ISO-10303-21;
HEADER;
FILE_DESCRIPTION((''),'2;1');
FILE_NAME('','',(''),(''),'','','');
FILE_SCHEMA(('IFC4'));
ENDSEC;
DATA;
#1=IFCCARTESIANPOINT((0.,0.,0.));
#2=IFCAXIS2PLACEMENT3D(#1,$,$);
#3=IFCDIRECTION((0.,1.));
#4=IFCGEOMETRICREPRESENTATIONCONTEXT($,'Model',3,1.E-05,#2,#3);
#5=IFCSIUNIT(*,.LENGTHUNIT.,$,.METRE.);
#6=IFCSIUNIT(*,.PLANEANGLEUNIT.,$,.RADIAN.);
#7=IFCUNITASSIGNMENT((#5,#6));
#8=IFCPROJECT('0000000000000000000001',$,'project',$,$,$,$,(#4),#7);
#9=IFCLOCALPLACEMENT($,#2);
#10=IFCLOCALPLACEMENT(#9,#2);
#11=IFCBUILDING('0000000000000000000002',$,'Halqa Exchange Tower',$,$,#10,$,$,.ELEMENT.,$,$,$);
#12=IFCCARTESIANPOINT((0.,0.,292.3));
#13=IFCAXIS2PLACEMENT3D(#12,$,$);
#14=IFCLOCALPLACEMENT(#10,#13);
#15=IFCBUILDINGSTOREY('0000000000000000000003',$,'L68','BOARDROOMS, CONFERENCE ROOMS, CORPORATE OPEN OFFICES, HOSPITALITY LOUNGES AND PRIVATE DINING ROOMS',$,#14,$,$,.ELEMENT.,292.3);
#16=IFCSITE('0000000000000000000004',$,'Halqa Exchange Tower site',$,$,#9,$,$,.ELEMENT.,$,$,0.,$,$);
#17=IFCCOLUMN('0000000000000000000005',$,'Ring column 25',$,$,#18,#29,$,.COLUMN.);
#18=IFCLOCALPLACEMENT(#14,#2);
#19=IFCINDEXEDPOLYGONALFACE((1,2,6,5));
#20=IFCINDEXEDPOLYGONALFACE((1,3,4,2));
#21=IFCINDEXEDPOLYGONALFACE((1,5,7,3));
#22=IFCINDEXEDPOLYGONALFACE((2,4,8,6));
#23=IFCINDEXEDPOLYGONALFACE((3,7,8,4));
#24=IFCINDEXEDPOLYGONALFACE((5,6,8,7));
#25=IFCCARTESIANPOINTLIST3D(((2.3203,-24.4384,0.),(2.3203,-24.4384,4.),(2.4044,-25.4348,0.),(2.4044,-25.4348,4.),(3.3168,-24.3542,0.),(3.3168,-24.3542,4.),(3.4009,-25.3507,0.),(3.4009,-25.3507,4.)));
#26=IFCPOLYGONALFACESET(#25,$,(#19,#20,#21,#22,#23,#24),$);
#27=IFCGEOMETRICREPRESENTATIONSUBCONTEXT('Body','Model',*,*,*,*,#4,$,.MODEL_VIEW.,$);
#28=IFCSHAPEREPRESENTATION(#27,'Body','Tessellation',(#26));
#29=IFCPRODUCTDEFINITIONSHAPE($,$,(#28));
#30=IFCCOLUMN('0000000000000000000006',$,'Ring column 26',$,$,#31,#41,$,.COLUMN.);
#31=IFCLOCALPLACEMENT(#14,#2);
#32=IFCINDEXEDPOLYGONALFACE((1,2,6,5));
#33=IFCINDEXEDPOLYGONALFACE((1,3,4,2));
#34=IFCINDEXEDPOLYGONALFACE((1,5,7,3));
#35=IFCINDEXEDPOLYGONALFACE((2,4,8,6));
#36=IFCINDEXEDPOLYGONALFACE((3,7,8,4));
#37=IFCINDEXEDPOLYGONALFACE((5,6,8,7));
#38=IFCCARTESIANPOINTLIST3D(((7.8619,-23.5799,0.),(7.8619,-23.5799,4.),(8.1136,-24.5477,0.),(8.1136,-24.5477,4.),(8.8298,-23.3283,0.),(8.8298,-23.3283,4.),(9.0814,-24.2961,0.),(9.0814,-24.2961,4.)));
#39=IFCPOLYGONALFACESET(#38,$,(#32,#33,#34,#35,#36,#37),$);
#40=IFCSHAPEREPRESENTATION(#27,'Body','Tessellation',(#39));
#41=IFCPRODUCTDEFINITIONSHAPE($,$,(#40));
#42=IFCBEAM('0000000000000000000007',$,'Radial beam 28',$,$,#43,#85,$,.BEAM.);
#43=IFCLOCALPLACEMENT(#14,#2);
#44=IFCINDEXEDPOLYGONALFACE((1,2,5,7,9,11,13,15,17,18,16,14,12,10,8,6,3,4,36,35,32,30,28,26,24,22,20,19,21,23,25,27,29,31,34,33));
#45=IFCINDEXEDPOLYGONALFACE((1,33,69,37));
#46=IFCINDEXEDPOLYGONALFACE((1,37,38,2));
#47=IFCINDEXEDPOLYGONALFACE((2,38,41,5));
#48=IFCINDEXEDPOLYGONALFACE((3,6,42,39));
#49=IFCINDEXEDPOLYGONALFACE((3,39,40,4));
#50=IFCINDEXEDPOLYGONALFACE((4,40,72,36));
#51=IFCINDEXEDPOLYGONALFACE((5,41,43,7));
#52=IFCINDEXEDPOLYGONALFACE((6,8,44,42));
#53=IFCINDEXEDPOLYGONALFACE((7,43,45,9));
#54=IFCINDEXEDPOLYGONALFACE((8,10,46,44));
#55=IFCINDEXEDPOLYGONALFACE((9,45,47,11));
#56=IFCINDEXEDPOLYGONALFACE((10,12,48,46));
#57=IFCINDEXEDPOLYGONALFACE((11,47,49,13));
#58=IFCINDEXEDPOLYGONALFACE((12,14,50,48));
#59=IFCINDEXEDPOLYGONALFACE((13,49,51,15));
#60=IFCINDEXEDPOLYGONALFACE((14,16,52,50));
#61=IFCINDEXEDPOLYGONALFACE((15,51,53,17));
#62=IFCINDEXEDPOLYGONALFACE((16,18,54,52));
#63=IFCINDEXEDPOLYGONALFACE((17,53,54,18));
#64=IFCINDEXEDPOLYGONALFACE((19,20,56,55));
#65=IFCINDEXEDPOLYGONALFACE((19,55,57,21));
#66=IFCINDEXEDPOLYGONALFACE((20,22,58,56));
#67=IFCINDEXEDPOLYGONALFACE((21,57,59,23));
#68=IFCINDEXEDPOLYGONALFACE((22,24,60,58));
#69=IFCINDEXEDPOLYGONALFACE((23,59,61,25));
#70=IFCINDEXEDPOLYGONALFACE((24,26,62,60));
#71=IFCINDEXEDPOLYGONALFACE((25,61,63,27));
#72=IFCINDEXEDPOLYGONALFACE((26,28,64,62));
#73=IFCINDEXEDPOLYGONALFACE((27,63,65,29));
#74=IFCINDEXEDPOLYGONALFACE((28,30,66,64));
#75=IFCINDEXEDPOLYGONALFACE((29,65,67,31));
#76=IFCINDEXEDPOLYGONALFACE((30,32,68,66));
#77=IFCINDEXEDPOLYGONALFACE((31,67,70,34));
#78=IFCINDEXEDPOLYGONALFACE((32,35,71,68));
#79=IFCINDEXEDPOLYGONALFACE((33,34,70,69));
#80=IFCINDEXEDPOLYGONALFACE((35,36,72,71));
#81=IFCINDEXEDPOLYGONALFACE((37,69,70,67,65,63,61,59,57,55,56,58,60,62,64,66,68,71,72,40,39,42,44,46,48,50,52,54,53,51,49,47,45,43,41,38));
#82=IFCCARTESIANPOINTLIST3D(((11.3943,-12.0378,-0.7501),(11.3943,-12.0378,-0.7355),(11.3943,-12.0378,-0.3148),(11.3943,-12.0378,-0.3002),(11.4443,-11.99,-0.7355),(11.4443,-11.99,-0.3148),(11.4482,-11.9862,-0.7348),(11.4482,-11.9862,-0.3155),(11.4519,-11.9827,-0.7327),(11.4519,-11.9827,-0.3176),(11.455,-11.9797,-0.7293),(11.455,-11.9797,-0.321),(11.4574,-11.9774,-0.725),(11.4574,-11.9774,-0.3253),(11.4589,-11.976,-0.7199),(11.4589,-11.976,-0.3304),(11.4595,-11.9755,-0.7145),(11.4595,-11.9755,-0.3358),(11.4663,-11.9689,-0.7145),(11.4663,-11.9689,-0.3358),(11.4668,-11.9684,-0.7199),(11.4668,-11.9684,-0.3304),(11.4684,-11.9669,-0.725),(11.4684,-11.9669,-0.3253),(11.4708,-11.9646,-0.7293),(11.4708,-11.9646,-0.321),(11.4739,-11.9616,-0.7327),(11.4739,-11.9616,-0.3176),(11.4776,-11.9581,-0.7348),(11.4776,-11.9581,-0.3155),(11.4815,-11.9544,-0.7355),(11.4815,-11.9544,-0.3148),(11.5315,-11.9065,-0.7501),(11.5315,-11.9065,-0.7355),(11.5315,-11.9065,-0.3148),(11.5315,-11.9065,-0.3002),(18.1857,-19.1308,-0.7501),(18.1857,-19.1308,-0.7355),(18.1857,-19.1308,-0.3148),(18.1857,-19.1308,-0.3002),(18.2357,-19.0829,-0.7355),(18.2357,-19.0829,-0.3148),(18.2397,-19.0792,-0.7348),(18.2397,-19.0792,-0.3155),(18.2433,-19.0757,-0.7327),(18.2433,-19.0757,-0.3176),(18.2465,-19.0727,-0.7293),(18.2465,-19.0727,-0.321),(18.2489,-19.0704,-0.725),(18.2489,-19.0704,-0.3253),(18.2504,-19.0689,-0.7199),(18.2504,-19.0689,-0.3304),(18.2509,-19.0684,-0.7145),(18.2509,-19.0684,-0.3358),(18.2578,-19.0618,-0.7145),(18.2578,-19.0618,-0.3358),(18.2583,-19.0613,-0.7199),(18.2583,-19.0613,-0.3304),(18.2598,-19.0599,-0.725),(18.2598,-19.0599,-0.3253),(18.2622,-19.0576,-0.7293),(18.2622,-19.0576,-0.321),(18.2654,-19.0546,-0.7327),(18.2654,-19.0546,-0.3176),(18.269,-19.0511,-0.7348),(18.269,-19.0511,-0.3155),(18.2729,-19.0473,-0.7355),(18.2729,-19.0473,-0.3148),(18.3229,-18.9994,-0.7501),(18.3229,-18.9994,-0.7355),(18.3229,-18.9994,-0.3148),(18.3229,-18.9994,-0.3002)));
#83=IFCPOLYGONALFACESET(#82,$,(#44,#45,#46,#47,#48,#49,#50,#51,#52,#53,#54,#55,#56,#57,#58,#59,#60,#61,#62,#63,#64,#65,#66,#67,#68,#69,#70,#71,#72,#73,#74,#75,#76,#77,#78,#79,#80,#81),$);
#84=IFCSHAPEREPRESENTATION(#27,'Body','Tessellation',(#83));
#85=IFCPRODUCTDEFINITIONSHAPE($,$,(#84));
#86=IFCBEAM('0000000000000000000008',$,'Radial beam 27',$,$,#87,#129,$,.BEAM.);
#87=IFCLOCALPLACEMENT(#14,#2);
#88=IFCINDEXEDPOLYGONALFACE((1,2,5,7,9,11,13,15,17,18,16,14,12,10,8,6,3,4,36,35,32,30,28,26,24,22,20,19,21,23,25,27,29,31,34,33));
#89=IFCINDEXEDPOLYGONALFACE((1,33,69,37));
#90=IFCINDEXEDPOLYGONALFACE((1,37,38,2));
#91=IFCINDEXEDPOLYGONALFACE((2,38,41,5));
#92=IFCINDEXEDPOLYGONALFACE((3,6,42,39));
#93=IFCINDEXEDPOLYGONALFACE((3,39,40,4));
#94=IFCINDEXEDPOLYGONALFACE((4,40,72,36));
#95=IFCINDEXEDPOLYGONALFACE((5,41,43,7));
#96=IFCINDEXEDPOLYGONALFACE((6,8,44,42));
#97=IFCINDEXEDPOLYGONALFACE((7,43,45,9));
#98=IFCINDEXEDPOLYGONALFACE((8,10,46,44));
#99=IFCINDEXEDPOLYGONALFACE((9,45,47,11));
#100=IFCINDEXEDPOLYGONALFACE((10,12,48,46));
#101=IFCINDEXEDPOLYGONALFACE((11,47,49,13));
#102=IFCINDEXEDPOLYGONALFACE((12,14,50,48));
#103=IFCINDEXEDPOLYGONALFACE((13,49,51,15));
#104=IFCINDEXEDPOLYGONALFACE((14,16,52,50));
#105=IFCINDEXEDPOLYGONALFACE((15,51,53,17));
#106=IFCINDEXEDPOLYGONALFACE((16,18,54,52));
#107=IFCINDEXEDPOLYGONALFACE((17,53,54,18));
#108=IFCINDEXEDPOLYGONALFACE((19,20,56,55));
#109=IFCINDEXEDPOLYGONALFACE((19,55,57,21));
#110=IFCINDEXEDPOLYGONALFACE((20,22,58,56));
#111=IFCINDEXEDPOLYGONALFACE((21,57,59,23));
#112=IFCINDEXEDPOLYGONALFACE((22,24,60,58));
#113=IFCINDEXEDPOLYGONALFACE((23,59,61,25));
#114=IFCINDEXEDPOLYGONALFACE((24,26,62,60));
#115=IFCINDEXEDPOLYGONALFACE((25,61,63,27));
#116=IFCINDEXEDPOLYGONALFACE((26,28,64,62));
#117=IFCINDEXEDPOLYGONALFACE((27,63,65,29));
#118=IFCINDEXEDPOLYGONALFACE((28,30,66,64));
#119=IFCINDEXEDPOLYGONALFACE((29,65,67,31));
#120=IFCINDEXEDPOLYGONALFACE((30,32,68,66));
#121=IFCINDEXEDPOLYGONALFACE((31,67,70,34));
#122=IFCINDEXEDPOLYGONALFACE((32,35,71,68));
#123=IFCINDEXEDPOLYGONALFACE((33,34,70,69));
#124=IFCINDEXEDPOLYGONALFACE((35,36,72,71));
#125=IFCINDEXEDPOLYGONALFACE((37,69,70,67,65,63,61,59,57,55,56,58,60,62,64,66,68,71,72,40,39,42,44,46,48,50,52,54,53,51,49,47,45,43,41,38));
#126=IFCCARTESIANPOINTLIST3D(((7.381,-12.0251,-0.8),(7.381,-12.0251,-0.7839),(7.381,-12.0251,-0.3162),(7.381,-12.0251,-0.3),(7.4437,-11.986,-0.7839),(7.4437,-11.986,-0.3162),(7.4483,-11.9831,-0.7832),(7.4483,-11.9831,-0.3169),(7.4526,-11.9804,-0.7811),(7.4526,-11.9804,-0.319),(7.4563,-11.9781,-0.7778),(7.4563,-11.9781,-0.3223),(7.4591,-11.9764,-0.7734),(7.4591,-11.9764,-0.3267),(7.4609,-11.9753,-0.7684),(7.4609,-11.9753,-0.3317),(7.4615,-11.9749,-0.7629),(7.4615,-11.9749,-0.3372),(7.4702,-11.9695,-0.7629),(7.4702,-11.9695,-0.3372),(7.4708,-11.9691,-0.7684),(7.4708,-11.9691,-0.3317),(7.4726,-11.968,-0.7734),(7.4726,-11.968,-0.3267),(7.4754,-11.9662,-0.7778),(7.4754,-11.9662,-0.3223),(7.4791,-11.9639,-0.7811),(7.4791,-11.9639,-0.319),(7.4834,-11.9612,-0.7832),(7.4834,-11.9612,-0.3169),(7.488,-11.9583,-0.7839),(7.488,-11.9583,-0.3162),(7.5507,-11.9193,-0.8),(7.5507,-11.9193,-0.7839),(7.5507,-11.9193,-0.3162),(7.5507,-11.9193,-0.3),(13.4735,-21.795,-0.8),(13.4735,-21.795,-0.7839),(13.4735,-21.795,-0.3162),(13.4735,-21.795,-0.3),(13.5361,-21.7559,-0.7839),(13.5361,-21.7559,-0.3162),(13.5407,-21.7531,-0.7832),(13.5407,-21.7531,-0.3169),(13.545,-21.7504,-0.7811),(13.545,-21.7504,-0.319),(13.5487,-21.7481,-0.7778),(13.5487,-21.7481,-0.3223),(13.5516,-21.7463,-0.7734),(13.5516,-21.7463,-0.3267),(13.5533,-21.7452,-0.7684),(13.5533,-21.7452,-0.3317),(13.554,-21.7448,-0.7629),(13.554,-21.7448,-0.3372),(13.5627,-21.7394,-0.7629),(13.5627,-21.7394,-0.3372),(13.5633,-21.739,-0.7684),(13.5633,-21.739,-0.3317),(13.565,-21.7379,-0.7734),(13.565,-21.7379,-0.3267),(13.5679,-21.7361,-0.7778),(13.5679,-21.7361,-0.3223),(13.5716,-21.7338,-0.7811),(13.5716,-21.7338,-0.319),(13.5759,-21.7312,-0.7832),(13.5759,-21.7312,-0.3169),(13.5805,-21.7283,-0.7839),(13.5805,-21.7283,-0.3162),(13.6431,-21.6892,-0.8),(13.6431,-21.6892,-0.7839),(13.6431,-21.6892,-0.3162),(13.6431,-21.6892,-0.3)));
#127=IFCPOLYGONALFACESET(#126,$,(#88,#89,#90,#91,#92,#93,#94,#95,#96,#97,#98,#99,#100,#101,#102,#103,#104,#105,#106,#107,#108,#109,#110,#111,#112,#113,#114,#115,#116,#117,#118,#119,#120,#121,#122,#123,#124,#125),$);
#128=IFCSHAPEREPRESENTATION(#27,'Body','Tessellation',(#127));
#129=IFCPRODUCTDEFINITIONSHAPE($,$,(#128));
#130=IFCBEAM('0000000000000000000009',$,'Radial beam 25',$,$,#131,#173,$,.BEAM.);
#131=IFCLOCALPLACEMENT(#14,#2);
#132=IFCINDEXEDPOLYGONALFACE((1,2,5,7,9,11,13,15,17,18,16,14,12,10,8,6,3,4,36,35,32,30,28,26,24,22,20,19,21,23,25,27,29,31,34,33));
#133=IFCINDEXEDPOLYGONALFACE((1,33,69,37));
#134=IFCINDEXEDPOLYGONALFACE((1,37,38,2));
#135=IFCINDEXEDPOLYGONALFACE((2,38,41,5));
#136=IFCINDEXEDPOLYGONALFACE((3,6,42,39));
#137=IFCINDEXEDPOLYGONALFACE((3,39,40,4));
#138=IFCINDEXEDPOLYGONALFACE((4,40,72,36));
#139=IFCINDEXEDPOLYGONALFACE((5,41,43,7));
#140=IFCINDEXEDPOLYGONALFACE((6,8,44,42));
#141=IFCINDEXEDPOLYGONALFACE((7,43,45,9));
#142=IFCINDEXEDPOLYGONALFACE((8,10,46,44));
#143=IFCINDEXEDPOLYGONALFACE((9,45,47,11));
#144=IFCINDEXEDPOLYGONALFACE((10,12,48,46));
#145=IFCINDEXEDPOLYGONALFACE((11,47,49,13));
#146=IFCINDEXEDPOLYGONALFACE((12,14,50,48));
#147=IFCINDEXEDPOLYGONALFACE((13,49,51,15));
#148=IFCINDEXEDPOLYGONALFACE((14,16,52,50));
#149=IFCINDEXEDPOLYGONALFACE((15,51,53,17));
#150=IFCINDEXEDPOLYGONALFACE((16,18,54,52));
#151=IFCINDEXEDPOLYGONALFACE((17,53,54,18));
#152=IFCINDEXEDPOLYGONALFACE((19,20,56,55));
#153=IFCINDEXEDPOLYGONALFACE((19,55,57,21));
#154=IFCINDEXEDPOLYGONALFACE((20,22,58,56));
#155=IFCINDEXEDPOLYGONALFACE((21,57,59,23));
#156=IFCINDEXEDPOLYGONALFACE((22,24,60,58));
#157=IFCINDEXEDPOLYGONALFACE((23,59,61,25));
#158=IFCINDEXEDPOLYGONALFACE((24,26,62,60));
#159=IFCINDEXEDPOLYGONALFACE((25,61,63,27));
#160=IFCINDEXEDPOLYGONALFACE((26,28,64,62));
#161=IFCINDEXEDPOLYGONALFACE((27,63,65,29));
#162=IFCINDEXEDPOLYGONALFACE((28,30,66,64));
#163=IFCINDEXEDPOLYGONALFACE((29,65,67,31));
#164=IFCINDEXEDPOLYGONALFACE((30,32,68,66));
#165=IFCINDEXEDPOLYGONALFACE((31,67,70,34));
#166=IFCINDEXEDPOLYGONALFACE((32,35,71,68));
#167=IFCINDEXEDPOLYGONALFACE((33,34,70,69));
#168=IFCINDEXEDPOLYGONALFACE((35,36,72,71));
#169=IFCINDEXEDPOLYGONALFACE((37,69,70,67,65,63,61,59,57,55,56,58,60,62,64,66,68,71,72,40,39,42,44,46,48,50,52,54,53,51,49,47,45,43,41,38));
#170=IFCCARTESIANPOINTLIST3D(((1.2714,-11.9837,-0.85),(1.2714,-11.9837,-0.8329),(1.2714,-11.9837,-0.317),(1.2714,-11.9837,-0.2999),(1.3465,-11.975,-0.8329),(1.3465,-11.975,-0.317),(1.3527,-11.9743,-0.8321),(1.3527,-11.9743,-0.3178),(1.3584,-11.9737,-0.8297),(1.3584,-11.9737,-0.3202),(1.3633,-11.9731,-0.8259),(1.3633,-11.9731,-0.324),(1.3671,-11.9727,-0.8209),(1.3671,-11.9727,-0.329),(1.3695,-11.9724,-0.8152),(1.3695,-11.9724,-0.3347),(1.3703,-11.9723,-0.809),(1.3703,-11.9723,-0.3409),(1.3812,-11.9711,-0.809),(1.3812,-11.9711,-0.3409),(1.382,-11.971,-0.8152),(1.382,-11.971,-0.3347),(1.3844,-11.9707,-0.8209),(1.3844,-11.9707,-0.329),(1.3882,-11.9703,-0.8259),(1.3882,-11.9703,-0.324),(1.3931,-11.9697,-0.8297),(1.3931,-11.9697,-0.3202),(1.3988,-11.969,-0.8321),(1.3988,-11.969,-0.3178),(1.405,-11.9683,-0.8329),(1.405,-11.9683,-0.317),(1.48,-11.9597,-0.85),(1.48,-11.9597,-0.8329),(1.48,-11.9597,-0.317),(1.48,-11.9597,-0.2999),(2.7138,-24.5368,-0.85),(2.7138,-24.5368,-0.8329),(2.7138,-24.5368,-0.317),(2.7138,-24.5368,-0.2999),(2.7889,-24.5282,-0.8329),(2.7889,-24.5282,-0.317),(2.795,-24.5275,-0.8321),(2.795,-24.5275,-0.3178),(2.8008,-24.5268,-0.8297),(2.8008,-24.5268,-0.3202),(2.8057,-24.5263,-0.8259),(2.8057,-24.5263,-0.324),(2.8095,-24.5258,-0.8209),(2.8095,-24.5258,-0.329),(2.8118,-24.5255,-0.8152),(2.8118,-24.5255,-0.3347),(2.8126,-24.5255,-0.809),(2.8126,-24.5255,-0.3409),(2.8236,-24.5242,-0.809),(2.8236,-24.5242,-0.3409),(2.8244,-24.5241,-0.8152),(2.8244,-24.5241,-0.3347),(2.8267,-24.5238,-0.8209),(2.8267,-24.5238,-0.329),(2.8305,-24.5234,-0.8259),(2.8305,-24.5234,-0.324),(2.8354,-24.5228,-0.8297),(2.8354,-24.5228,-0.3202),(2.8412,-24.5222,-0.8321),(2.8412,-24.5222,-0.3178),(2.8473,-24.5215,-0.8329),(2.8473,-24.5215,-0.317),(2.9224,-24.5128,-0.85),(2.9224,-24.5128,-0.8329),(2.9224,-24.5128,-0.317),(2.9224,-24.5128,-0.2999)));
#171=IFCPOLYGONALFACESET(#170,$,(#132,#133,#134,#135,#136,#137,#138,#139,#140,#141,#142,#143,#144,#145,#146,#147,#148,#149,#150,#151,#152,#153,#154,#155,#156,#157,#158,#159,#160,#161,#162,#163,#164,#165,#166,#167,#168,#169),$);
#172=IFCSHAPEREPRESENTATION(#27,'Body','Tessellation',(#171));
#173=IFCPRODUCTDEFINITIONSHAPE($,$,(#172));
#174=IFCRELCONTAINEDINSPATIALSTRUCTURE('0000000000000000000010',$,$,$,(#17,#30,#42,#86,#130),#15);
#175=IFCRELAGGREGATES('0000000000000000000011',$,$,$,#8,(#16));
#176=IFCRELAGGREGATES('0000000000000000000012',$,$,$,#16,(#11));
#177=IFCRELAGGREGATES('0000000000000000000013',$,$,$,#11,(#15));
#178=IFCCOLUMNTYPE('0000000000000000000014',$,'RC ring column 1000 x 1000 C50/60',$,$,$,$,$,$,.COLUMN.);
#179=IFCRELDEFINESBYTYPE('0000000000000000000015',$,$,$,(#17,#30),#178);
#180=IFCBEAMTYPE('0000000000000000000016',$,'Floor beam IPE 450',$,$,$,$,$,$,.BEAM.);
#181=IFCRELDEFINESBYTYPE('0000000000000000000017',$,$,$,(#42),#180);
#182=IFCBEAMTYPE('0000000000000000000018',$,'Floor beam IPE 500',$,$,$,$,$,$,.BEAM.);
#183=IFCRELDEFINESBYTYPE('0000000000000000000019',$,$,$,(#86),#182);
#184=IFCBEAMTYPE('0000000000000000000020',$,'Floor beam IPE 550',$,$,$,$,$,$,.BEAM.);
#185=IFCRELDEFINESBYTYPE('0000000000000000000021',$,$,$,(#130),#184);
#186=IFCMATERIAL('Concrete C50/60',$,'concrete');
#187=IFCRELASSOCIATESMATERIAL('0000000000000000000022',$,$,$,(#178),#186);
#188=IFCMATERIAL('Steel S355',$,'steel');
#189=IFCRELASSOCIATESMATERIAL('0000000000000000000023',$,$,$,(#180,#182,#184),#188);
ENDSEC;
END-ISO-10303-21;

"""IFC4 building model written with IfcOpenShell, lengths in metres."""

from ifc_helpers import new_model, si_unit, direction, frame, origin, origin_2d, place, context, subcontext, project, spatial, rectangle, i_section, extrude, material, material_profile, profile_set, type_object, element, save


model = new_model("IFC4")

# Units and contexts
model_context = context("Model", 3, precision=1e-05, world=origin(), true_north=direction((0.0, 1.0)))
body_context = subcontext(model_context, "Body", "Model", "MODEL_VIEW")
ifc_project = project(units=[si_unit("LENGTHUNIT", "METRE"), si_unit("PLANEANGLEUNIT", "RADIAN")], contexts=[model_context])

# Site, building, storey
site_placement = place(None, origin())
site = spatial("IfcSite", under=ifc_project, at=site_placement, Name="Halqa Exchange Tower site", CompositionType="ELEMENT", RefElevation=0.0)
building_placement = place(site_placement, origin())
building = spatial("IfcBuilding", under=site, at=building_placement, Name="Halqa Exchange Tower", CompositionType="ELEMENT")
storey_placement = place(building_placement, frame((0.0, 0.0, 292.3)))
storey = spatial("IfcBuildingStorey", under=building, at=storey_placement, Name="L68", Description="BOARDROOMS, CONFERENCE ROOMS, CORPORATE OPEN OFFICES, HOSPITALITY LOUNGES AND PRIVATE DINING ROOMS", CompositionType="ELEMENT", Elevation=292.3)

# Columns
ifc_material_1 = material(Name="Concrete C50/60", Category="concrete")
ifc_material_profile_1 = material_profile(ifc_material_1, rectangle(XDim=1.0, YDim=1.0, at=origin_2d()), Name="1000 x 1000")
ifc_profile_set_1 = profile_set([ifc_material_profile_1], Name="Concrete C50/60")
column_type = type_object("IfcColumnType", Name="RC ring column 1000 x 1000 C50/60", PredefinedType="COLUMN", material=ifc_profile_set_1)
for number, where, z_axis, x_axis, name in (
    (1, (2.8606, -24.8945, 0.0), (0.0, 0.0, 1.0), (0.996456, 0.084114, 0.0), "Ring column 25"),
    (2, (8.4717, -23.938, 0.0), (0.0, 0.0, 1.0), (0.967821, 0.251639, 0.0), "Ring column 26"),
):
    element("IfcColumn", number, at=place(storey_placement, frame(where, z_axis=z_axis, x_axis=x_axis)), inside=storey, type_object=column_type, Name=name, PredefinedType="COLUMN", context=body_context, shape_type="SweptSolid", body=[
        extrude(rectangle(XDim=1.0, YDim=1.0, at=origin_2d()), origin(), (0.0, 0.0, 1.0), 4.0),
    ])

# Beams
ifc_material_2 = material(Name="Steel S355", Category="steel")
ifc_material_profile_2 = material_profile(ifc_material_2, i_section(OverallWidth=0.1899, OverallDepth=0.45, WebThickness=0.0095, FlangeThickness=0.0146, FilletRadius=0.021, at=origin_2d()), Name="IPE 450")
ifc_profile_set_2 = profile_set([ifc_material_profile_2], Name="Steel S355")
beam_type_1 = type_object("IfcBeamType", Name="Floor beam IPE 450", PredefinedType="BEAM", material=ifc_profile_set_2)
beam_1_placement = place(storey_placement, frame((11.4629, -11.9722, -0.5251), z_axis=(0.691588, -0.722292, 0.0), x_axis=(0.722292, 0.691588, 0.0)))
element("IfcBeam", 3, at=beam_1_placement, inside=storey, type_object=beam_type_1, Name="Radial beam 28", PredefinedType="BEAM", context=body_context, shape_type="SweptSolid", body=[
    extrude(i_section(OverallWidth=0.1899, OverallDepth=0.45, WebThickness=0.0095, FlangeThickness=0.0146, FilletRadius=0.021, at=origin_2d()), origin(), (0.0, 0.0, 1.0), 9.8201),
])
ifc_material_profile_3 = material_profile(ifc_material_2, i_section(OverallWidth=0.2, OverallDepth=0.5, WebThickness=0.0103, FlangeThickness=0.0161, FilletRadius=0.021, at=origin_2d()), Name="IPE 500")
ifc_profile_set_3 = profile_set([ifc_material_profile_3], Name="Steel S355")
beam_type_2 = type_object("IfcBeamType", Name="Floor beam IPE 500", PredefinedType="BEAM", material=ifc_profile_set_3)
beam_2_placement = place(storey_placement, frame((7.4658, -11.9722, -0.55), z_axis=(0.529141, -0.848534, 0.0), x_axis=(0.848534, 0.529141, 0.0)))
element("IfcBeam", 4, at=beam_2_placement, inside=storey, type_object=beam_type_2, Name="Radial beam 27", PredefinedType="BEAM", context=body_context, shape_type="SweptSolid", body=[
    extrude(i_section(OverallWidth=0.2, OverallDepth=0.5, WebThickness=0.0103, FlangeThickness=0.0161, FilletRadius=0.021, at=origin_2d()), origin(), (0.0, 0.0, 1.0), 11.5139),
])
ifc_material_profile_4 = material_profile(ifc_material_2, i_section(OverallWidth=0.21, OverallDepth=0.55, WebThickness=0.011, FlangeThickness=0.0171, FilletRadius=0.0239, at=origin_2d()), Name="IPE 550")
ifc_profile_set_4 = profile_set([ifc_material_profile_4], Name="Steel S355")
beam_type_3 = type_object("IfcBeamType", Name="Floor beam IPE 550", PredefinedType="BEAM", material=ifc_profile_set_4)
beam_3_placement = place(storey_placement, frame((1.3757, -11.9717, -0.575), z_axis=(0.11415, -0.993463, 0.0), x_axis=(0.993463, 0.11415, 0.0)))
element("IfcBeam", 5, at=beam_3_placement, inside=storey, type_object=beam_type_3, Name="Radial beam 25", PredefinedType="BEAM", context=body_context, shape_type="SweptSolid", body=[
    extrude(i_section(OverallWidth=0.21, OverallDepth=0.55, WebThickness=0.011, FlangeThickness=0.0171, FilletRadius=0.0239, at=origin_2d()), origin(), (0.0, 0.0, 1.0), 12.6357),
])

save(model, "model.ifc")
